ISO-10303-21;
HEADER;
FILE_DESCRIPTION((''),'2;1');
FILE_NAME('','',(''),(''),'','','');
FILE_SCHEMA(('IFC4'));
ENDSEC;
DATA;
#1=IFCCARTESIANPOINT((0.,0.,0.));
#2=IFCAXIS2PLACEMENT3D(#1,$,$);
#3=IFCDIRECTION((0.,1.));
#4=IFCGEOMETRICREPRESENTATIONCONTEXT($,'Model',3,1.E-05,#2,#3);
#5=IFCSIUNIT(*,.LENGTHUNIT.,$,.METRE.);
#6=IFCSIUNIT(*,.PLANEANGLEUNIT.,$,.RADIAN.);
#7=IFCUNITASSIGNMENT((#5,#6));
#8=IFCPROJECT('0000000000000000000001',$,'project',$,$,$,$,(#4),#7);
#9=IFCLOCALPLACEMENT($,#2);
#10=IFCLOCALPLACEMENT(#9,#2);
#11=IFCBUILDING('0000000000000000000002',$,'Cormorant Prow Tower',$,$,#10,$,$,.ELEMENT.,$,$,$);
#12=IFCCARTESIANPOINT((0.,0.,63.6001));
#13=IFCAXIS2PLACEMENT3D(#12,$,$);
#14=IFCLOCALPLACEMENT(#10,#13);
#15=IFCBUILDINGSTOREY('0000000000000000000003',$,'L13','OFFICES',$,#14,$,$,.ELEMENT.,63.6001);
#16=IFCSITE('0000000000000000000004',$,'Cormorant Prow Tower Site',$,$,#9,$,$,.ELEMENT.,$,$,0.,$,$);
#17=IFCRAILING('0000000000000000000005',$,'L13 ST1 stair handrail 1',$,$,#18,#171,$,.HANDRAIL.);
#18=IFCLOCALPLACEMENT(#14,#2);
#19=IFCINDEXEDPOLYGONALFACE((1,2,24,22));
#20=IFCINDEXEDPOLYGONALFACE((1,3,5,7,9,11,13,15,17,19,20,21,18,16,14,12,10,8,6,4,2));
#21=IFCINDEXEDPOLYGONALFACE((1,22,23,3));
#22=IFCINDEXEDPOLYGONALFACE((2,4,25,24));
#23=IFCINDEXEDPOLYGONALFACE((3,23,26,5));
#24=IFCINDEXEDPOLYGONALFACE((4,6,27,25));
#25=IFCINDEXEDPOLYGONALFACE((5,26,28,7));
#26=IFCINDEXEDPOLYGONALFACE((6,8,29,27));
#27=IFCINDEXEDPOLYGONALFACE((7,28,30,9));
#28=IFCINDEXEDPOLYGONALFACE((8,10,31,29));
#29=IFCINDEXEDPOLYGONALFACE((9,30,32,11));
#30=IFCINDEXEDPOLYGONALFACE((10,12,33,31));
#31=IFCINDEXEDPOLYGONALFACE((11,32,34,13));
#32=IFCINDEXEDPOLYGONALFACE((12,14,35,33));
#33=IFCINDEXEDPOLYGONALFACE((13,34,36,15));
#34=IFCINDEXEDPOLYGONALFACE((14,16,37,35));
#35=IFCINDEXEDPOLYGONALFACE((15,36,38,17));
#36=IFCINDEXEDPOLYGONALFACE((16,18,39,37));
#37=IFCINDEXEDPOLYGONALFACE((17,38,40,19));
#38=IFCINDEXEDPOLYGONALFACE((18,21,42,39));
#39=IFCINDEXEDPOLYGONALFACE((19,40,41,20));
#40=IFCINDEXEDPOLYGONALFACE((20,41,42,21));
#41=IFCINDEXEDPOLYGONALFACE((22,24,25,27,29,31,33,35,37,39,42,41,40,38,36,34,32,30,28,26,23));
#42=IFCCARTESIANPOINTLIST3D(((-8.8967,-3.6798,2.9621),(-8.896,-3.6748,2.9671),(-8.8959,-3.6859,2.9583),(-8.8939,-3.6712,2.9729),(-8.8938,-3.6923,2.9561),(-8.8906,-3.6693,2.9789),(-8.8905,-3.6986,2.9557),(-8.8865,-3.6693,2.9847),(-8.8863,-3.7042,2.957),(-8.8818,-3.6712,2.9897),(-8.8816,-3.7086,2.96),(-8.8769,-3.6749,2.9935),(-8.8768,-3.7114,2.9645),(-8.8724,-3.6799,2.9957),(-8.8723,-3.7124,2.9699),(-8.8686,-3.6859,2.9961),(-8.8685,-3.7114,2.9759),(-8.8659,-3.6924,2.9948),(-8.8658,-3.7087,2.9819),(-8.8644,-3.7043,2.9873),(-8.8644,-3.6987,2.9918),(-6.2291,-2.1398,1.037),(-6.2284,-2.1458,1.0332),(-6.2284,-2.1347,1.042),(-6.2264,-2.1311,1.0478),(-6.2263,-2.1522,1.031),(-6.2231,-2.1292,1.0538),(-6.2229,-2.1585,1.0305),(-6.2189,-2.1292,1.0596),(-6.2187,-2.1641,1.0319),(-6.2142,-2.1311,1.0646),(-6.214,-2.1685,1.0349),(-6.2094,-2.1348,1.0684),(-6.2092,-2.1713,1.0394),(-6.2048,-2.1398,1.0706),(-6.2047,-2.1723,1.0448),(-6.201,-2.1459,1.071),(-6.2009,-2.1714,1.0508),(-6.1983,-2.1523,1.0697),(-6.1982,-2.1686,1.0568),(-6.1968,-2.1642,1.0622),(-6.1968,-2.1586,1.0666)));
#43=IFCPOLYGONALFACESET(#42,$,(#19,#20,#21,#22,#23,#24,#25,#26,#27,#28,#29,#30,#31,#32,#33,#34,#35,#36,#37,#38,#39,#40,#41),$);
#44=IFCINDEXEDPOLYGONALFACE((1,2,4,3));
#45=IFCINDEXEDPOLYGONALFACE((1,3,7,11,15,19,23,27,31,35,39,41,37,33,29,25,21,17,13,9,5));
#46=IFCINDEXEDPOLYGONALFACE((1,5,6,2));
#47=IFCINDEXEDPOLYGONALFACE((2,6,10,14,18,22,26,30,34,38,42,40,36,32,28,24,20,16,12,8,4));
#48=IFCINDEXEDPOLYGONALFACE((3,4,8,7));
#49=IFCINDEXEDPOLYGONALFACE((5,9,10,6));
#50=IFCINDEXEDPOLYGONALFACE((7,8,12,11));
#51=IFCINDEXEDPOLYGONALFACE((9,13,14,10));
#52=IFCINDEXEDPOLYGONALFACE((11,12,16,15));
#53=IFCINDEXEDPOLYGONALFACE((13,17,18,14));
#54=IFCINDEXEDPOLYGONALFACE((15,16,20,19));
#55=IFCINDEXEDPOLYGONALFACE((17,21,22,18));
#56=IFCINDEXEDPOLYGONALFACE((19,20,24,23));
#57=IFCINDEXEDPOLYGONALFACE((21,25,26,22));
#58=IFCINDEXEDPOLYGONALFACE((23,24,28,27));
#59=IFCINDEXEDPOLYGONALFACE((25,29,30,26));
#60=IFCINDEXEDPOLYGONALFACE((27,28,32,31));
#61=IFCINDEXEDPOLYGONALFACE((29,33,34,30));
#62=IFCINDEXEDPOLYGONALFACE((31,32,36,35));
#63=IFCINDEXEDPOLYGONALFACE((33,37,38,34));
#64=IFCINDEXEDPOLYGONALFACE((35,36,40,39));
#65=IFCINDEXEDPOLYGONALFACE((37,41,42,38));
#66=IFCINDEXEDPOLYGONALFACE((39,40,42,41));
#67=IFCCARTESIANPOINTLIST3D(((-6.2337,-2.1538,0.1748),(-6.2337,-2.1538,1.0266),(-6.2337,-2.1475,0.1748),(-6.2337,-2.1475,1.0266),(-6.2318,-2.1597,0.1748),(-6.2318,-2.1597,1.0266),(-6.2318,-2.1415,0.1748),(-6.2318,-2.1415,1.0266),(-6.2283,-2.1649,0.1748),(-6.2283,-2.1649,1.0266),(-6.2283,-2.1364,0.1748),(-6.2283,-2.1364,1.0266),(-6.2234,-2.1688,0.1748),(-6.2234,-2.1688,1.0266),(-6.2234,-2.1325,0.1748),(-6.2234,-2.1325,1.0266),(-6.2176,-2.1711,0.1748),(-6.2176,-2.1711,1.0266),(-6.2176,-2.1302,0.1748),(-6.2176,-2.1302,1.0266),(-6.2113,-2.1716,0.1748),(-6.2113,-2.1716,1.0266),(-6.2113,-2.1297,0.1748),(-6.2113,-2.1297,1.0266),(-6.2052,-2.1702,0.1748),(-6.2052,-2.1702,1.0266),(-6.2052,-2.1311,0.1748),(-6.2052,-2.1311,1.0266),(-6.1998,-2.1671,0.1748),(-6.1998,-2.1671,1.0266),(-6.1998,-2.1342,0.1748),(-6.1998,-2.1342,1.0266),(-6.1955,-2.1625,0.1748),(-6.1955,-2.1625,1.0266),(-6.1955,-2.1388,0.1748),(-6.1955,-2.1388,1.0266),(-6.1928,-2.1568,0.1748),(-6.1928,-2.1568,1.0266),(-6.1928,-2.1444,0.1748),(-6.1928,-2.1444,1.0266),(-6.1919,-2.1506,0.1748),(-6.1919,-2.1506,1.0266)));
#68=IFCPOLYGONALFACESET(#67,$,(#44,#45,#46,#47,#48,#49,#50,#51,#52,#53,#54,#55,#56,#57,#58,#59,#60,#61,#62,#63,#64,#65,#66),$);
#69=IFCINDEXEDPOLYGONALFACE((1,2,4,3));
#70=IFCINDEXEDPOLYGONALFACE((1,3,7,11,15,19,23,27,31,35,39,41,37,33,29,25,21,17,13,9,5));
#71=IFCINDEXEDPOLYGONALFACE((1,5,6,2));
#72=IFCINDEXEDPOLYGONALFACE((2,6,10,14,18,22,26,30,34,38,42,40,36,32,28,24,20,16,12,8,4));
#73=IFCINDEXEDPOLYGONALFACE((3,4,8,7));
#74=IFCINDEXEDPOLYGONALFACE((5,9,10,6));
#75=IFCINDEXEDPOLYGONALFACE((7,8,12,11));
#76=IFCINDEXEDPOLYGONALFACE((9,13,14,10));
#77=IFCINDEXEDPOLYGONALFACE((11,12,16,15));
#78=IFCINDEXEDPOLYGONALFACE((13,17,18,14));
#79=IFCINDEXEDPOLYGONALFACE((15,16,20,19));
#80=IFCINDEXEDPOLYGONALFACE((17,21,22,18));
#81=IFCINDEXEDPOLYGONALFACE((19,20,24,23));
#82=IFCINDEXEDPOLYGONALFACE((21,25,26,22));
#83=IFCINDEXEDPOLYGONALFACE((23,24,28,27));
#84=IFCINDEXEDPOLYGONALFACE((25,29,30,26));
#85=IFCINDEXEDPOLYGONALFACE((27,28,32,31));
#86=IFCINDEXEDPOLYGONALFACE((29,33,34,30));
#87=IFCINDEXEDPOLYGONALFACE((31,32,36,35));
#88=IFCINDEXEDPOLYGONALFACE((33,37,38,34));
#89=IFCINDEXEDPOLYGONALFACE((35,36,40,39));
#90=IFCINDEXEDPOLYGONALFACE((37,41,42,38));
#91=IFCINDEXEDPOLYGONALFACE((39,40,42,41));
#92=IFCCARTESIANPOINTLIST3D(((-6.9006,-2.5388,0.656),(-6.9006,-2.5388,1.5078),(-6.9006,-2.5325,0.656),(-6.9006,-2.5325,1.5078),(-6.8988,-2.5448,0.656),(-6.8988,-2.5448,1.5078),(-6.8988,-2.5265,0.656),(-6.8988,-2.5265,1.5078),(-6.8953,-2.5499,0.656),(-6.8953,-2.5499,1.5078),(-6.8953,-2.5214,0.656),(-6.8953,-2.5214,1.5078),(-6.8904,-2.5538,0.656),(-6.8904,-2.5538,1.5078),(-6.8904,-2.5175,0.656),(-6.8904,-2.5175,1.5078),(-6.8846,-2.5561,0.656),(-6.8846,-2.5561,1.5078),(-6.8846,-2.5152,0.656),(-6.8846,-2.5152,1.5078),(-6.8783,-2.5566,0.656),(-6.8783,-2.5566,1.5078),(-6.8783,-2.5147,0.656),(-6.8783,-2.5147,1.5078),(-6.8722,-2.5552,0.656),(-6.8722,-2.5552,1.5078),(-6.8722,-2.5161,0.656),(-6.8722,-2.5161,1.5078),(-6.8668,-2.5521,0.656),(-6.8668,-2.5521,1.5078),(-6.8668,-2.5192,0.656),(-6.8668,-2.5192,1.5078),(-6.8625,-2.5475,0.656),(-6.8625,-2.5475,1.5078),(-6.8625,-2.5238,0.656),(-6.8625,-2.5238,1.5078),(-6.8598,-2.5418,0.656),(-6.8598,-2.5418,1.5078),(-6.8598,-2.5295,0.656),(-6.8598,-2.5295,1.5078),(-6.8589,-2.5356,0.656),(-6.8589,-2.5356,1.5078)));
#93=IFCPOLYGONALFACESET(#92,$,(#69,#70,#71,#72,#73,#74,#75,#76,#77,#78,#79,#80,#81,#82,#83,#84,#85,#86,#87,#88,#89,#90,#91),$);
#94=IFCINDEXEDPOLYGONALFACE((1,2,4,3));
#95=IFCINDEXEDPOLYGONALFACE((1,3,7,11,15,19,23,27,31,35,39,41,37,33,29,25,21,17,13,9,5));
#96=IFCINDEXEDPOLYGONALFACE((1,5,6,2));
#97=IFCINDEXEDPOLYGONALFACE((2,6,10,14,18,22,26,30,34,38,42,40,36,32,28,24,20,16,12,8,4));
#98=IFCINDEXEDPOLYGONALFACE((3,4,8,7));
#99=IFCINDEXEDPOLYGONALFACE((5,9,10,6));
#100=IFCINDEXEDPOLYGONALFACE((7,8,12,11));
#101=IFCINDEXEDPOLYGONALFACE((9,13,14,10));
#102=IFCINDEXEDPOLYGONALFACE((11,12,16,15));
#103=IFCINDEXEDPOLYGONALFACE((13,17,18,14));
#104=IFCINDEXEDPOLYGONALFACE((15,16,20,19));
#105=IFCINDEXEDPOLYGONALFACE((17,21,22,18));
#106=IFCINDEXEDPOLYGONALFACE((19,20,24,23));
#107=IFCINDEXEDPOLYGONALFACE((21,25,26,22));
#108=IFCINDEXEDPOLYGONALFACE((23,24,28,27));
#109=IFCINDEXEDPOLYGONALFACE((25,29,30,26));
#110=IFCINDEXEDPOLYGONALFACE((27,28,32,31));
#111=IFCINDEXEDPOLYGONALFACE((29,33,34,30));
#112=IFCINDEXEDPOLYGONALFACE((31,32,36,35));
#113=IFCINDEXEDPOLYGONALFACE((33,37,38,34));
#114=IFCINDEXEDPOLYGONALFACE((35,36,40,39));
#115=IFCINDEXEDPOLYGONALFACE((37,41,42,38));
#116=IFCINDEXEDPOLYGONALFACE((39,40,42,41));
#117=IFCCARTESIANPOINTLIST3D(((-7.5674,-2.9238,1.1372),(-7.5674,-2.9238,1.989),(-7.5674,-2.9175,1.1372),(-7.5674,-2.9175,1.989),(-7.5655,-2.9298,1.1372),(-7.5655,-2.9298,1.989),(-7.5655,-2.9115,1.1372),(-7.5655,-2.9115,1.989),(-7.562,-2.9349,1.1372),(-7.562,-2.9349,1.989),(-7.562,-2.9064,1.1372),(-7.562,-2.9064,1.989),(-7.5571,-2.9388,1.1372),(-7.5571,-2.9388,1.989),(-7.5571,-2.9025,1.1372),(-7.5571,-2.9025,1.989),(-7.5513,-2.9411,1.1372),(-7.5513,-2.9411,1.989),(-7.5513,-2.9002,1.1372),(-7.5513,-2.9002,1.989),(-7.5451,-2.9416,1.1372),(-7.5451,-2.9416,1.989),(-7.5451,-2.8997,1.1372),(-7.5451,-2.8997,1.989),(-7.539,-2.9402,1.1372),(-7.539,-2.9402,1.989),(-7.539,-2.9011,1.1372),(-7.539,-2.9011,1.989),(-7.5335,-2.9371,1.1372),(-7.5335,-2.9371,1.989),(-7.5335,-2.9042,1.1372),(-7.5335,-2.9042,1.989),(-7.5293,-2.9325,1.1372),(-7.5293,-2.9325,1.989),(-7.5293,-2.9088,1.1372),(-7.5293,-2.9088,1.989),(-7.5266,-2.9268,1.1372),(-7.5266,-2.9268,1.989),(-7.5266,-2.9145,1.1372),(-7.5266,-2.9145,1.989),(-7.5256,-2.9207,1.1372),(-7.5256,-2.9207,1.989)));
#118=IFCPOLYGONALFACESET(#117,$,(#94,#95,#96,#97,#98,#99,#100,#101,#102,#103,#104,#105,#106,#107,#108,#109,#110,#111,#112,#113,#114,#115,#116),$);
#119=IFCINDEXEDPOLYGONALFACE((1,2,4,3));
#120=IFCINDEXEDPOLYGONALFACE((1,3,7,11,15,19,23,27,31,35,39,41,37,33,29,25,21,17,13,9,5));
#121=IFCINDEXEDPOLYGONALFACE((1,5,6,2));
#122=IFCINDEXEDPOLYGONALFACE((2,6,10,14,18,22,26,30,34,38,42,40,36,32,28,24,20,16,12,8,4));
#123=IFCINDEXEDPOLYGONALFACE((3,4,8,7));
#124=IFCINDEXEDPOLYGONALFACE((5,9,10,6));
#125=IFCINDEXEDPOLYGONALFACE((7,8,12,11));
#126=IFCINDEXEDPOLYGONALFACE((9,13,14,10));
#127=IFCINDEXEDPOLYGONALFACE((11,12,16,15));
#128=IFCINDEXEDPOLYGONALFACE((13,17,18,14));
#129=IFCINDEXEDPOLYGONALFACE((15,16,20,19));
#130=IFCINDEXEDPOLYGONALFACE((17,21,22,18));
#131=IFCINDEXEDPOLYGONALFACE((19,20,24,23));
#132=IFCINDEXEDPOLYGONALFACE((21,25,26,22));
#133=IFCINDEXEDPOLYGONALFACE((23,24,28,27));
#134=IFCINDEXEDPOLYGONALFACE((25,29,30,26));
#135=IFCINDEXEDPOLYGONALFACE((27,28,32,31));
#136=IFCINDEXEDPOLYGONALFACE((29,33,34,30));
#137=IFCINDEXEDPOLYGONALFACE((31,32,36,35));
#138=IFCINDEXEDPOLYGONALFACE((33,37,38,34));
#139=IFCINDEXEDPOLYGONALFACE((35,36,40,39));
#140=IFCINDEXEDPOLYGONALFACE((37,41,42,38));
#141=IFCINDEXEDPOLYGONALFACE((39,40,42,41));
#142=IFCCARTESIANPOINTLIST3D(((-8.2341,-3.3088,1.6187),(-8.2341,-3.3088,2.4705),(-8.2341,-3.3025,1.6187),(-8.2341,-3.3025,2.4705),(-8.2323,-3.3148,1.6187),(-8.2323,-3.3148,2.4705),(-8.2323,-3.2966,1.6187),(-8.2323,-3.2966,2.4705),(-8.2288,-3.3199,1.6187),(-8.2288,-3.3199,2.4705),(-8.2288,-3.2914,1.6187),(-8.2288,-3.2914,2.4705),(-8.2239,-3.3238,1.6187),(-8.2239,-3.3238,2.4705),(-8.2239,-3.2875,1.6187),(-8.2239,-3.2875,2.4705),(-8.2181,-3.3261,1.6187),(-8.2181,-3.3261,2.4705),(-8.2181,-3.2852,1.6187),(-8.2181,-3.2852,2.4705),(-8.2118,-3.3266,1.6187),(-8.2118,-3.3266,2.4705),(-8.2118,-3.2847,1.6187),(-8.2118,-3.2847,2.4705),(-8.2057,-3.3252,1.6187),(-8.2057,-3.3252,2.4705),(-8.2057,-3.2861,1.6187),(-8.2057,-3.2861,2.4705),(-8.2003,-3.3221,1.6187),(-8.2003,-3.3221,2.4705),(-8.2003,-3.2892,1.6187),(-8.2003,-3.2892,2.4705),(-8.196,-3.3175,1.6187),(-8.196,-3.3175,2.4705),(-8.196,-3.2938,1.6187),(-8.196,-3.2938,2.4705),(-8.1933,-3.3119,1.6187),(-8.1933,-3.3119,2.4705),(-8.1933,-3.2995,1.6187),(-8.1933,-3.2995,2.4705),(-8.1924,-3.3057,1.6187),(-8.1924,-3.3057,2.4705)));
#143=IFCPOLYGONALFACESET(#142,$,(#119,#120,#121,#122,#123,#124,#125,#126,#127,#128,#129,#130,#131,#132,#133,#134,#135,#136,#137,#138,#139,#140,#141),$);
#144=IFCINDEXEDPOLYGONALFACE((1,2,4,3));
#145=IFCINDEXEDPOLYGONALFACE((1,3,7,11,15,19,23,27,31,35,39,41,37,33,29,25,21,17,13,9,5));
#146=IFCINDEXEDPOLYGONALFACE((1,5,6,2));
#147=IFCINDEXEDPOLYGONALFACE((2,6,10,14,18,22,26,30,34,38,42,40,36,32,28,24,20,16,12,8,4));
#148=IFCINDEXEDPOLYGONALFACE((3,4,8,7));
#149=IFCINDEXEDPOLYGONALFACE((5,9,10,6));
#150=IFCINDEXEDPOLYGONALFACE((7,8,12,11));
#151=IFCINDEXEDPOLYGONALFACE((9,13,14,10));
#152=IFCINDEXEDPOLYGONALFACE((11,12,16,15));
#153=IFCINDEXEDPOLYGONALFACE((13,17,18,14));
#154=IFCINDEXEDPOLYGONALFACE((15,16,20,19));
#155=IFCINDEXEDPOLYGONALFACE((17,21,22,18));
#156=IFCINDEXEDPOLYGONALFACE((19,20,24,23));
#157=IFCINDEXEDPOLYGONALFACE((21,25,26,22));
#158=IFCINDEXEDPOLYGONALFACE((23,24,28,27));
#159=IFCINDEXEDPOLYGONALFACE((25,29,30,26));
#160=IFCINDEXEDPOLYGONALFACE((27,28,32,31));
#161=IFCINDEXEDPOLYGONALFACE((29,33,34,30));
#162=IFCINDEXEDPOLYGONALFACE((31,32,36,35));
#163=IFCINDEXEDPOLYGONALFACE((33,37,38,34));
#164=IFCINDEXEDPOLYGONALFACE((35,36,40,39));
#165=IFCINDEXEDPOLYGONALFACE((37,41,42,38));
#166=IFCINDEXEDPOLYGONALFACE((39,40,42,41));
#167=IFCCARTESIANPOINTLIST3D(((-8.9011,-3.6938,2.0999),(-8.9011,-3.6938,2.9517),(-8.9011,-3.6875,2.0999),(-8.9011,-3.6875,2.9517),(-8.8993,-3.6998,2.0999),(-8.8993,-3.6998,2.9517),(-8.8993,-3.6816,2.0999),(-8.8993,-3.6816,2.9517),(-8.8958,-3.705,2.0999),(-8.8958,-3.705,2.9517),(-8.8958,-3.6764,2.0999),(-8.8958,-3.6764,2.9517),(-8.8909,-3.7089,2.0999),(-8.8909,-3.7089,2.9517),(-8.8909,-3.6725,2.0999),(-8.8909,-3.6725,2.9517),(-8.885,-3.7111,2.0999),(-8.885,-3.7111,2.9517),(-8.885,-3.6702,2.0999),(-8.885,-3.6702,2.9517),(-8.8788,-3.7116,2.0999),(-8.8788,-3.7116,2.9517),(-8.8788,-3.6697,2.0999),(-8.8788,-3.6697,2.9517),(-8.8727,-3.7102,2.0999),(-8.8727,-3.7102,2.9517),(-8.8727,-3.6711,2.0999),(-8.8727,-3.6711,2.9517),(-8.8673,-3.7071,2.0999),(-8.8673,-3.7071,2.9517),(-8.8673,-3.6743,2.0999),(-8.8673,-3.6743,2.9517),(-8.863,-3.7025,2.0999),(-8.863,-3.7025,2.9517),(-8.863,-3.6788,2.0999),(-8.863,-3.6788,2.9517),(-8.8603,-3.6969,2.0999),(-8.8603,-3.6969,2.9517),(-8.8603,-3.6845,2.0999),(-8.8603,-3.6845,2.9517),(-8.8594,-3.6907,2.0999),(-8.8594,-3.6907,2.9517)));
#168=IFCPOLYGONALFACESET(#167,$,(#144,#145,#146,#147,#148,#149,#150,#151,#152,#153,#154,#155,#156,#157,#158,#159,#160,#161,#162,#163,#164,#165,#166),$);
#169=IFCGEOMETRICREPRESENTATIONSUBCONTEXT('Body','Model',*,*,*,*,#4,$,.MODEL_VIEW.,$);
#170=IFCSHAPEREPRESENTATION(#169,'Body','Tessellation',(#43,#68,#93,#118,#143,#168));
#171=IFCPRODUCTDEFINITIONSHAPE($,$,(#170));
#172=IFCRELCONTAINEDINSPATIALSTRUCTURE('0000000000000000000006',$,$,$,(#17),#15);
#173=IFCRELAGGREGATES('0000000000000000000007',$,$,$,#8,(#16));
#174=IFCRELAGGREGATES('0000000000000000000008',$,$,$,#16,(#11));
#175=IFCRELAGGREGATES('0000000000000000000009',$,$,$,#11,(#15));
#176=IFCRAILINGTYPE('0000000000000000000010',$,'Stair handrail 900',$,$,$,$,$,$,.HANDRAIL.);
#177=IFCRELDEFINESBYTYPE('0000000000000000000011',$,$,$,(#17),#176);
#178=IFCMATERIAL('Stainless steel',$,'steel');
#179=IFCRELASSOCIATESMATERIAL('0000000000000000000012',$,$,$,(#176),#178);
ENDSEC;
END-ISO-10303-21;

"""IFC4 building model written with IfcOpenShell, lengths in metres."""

from ifc_helpers import new_model, si_unit, direction, frame, origin, origin_2d, place, context, subcontext, project, spatial, circle, extrude, material, type_object, element, save


model = new_model("IFC4")

# Units and contexts
model_context = context("Model", 3, precision=1e-05, world=origin(), true_north=direction((0.0, 1.0)))
body_context = subcontext(model_context, "Body", "Model", "MODEL_VIEW")
ifc_project = project(units=[si_unit("LENGTHUNIT", "METRE"), si_unit("PLANEANGLEUNIT", "RADIAN")], contexts=[model_context])

# Site, building, storey
site_placement = place(None, origin())
site = spatial("IfcSite", under=ifc_project, at=site_placement, Name="Cormorant Prow Tower Site", CompositionType="ELEMENT", RefElevation=0.0)
building_placement = place(site_placement, origin())
building = spatial("IfcBuilding", under=site, at=building_placement, Name="Cormorant Prow Tower", CompositionType="ELEMENT")
storey_placement = place(building_placement, frame((0.0, 0.0, 63.6001)))
storey = spatial("IfcBuildingStorey", under=building, at=storey_placement, Name="L13", Description="OFFICES", CompositionType="ELEMENT", Elevation=63.6001)

# Railing
ifc_material_1 = material(Name="Stainless steel", Category="steel")
railing_type_1 = type_object("IfcRailingType", Name="Stair handrail 900", PredefinedType="HANDRAIL", material=ifc_material_1)
railing_1_placement = place(storey_placement, frame((-6.2129, -2.1506, 0.1748)))
element("IfcRailing", 1, at=railing_1_placement, inside=storey, type_object=railing_type_1, Name="L13 ST1 stair handrail 1", PredefinedType="HANDRAIL", context=body_context, shape_type="SweptSolid", body=[
    extrude(circle(Radius=0.0239, at=origin_2d()), frame((0.0, 0.0, 0.876), z_axis=(-0.734395, -0.423994, 0.529993), x_axis=(0.499992, -0.86603, 0.0)), (0.0, 0.0, 1.0), 3.6323),
    extrude(circle(Radius=0.021, at=origin_2d()), origin(), (0.0, 0.0, 1.0), 0.8518),
    extrude(circle(Radius=0.021, at=origin_2d()), frame((-0.667, -0.385, 0.4812)), (0.0, 0.0, 1.0), 0.8518),
    extrude(circle(Radius=0.021, at=origin_2d()), frame((-1.3337, -0.77, 0.9624)), (0.0, 0.0, 1.0), 0.8518),
    extrude(circle(Radius=0.021, at=origin_2d()), frame((-2.0005, -1.155, 1.4438)), (0.0, 0.0, 1.0), 0.8518),
    extrude(circle(Radius=0.021, at=origin_2d()), frame((-2.6675, -1.54, 1.925)), (0.0, 0.0, 1.0), 0.8518),
])

save(model, "model.ifc")
